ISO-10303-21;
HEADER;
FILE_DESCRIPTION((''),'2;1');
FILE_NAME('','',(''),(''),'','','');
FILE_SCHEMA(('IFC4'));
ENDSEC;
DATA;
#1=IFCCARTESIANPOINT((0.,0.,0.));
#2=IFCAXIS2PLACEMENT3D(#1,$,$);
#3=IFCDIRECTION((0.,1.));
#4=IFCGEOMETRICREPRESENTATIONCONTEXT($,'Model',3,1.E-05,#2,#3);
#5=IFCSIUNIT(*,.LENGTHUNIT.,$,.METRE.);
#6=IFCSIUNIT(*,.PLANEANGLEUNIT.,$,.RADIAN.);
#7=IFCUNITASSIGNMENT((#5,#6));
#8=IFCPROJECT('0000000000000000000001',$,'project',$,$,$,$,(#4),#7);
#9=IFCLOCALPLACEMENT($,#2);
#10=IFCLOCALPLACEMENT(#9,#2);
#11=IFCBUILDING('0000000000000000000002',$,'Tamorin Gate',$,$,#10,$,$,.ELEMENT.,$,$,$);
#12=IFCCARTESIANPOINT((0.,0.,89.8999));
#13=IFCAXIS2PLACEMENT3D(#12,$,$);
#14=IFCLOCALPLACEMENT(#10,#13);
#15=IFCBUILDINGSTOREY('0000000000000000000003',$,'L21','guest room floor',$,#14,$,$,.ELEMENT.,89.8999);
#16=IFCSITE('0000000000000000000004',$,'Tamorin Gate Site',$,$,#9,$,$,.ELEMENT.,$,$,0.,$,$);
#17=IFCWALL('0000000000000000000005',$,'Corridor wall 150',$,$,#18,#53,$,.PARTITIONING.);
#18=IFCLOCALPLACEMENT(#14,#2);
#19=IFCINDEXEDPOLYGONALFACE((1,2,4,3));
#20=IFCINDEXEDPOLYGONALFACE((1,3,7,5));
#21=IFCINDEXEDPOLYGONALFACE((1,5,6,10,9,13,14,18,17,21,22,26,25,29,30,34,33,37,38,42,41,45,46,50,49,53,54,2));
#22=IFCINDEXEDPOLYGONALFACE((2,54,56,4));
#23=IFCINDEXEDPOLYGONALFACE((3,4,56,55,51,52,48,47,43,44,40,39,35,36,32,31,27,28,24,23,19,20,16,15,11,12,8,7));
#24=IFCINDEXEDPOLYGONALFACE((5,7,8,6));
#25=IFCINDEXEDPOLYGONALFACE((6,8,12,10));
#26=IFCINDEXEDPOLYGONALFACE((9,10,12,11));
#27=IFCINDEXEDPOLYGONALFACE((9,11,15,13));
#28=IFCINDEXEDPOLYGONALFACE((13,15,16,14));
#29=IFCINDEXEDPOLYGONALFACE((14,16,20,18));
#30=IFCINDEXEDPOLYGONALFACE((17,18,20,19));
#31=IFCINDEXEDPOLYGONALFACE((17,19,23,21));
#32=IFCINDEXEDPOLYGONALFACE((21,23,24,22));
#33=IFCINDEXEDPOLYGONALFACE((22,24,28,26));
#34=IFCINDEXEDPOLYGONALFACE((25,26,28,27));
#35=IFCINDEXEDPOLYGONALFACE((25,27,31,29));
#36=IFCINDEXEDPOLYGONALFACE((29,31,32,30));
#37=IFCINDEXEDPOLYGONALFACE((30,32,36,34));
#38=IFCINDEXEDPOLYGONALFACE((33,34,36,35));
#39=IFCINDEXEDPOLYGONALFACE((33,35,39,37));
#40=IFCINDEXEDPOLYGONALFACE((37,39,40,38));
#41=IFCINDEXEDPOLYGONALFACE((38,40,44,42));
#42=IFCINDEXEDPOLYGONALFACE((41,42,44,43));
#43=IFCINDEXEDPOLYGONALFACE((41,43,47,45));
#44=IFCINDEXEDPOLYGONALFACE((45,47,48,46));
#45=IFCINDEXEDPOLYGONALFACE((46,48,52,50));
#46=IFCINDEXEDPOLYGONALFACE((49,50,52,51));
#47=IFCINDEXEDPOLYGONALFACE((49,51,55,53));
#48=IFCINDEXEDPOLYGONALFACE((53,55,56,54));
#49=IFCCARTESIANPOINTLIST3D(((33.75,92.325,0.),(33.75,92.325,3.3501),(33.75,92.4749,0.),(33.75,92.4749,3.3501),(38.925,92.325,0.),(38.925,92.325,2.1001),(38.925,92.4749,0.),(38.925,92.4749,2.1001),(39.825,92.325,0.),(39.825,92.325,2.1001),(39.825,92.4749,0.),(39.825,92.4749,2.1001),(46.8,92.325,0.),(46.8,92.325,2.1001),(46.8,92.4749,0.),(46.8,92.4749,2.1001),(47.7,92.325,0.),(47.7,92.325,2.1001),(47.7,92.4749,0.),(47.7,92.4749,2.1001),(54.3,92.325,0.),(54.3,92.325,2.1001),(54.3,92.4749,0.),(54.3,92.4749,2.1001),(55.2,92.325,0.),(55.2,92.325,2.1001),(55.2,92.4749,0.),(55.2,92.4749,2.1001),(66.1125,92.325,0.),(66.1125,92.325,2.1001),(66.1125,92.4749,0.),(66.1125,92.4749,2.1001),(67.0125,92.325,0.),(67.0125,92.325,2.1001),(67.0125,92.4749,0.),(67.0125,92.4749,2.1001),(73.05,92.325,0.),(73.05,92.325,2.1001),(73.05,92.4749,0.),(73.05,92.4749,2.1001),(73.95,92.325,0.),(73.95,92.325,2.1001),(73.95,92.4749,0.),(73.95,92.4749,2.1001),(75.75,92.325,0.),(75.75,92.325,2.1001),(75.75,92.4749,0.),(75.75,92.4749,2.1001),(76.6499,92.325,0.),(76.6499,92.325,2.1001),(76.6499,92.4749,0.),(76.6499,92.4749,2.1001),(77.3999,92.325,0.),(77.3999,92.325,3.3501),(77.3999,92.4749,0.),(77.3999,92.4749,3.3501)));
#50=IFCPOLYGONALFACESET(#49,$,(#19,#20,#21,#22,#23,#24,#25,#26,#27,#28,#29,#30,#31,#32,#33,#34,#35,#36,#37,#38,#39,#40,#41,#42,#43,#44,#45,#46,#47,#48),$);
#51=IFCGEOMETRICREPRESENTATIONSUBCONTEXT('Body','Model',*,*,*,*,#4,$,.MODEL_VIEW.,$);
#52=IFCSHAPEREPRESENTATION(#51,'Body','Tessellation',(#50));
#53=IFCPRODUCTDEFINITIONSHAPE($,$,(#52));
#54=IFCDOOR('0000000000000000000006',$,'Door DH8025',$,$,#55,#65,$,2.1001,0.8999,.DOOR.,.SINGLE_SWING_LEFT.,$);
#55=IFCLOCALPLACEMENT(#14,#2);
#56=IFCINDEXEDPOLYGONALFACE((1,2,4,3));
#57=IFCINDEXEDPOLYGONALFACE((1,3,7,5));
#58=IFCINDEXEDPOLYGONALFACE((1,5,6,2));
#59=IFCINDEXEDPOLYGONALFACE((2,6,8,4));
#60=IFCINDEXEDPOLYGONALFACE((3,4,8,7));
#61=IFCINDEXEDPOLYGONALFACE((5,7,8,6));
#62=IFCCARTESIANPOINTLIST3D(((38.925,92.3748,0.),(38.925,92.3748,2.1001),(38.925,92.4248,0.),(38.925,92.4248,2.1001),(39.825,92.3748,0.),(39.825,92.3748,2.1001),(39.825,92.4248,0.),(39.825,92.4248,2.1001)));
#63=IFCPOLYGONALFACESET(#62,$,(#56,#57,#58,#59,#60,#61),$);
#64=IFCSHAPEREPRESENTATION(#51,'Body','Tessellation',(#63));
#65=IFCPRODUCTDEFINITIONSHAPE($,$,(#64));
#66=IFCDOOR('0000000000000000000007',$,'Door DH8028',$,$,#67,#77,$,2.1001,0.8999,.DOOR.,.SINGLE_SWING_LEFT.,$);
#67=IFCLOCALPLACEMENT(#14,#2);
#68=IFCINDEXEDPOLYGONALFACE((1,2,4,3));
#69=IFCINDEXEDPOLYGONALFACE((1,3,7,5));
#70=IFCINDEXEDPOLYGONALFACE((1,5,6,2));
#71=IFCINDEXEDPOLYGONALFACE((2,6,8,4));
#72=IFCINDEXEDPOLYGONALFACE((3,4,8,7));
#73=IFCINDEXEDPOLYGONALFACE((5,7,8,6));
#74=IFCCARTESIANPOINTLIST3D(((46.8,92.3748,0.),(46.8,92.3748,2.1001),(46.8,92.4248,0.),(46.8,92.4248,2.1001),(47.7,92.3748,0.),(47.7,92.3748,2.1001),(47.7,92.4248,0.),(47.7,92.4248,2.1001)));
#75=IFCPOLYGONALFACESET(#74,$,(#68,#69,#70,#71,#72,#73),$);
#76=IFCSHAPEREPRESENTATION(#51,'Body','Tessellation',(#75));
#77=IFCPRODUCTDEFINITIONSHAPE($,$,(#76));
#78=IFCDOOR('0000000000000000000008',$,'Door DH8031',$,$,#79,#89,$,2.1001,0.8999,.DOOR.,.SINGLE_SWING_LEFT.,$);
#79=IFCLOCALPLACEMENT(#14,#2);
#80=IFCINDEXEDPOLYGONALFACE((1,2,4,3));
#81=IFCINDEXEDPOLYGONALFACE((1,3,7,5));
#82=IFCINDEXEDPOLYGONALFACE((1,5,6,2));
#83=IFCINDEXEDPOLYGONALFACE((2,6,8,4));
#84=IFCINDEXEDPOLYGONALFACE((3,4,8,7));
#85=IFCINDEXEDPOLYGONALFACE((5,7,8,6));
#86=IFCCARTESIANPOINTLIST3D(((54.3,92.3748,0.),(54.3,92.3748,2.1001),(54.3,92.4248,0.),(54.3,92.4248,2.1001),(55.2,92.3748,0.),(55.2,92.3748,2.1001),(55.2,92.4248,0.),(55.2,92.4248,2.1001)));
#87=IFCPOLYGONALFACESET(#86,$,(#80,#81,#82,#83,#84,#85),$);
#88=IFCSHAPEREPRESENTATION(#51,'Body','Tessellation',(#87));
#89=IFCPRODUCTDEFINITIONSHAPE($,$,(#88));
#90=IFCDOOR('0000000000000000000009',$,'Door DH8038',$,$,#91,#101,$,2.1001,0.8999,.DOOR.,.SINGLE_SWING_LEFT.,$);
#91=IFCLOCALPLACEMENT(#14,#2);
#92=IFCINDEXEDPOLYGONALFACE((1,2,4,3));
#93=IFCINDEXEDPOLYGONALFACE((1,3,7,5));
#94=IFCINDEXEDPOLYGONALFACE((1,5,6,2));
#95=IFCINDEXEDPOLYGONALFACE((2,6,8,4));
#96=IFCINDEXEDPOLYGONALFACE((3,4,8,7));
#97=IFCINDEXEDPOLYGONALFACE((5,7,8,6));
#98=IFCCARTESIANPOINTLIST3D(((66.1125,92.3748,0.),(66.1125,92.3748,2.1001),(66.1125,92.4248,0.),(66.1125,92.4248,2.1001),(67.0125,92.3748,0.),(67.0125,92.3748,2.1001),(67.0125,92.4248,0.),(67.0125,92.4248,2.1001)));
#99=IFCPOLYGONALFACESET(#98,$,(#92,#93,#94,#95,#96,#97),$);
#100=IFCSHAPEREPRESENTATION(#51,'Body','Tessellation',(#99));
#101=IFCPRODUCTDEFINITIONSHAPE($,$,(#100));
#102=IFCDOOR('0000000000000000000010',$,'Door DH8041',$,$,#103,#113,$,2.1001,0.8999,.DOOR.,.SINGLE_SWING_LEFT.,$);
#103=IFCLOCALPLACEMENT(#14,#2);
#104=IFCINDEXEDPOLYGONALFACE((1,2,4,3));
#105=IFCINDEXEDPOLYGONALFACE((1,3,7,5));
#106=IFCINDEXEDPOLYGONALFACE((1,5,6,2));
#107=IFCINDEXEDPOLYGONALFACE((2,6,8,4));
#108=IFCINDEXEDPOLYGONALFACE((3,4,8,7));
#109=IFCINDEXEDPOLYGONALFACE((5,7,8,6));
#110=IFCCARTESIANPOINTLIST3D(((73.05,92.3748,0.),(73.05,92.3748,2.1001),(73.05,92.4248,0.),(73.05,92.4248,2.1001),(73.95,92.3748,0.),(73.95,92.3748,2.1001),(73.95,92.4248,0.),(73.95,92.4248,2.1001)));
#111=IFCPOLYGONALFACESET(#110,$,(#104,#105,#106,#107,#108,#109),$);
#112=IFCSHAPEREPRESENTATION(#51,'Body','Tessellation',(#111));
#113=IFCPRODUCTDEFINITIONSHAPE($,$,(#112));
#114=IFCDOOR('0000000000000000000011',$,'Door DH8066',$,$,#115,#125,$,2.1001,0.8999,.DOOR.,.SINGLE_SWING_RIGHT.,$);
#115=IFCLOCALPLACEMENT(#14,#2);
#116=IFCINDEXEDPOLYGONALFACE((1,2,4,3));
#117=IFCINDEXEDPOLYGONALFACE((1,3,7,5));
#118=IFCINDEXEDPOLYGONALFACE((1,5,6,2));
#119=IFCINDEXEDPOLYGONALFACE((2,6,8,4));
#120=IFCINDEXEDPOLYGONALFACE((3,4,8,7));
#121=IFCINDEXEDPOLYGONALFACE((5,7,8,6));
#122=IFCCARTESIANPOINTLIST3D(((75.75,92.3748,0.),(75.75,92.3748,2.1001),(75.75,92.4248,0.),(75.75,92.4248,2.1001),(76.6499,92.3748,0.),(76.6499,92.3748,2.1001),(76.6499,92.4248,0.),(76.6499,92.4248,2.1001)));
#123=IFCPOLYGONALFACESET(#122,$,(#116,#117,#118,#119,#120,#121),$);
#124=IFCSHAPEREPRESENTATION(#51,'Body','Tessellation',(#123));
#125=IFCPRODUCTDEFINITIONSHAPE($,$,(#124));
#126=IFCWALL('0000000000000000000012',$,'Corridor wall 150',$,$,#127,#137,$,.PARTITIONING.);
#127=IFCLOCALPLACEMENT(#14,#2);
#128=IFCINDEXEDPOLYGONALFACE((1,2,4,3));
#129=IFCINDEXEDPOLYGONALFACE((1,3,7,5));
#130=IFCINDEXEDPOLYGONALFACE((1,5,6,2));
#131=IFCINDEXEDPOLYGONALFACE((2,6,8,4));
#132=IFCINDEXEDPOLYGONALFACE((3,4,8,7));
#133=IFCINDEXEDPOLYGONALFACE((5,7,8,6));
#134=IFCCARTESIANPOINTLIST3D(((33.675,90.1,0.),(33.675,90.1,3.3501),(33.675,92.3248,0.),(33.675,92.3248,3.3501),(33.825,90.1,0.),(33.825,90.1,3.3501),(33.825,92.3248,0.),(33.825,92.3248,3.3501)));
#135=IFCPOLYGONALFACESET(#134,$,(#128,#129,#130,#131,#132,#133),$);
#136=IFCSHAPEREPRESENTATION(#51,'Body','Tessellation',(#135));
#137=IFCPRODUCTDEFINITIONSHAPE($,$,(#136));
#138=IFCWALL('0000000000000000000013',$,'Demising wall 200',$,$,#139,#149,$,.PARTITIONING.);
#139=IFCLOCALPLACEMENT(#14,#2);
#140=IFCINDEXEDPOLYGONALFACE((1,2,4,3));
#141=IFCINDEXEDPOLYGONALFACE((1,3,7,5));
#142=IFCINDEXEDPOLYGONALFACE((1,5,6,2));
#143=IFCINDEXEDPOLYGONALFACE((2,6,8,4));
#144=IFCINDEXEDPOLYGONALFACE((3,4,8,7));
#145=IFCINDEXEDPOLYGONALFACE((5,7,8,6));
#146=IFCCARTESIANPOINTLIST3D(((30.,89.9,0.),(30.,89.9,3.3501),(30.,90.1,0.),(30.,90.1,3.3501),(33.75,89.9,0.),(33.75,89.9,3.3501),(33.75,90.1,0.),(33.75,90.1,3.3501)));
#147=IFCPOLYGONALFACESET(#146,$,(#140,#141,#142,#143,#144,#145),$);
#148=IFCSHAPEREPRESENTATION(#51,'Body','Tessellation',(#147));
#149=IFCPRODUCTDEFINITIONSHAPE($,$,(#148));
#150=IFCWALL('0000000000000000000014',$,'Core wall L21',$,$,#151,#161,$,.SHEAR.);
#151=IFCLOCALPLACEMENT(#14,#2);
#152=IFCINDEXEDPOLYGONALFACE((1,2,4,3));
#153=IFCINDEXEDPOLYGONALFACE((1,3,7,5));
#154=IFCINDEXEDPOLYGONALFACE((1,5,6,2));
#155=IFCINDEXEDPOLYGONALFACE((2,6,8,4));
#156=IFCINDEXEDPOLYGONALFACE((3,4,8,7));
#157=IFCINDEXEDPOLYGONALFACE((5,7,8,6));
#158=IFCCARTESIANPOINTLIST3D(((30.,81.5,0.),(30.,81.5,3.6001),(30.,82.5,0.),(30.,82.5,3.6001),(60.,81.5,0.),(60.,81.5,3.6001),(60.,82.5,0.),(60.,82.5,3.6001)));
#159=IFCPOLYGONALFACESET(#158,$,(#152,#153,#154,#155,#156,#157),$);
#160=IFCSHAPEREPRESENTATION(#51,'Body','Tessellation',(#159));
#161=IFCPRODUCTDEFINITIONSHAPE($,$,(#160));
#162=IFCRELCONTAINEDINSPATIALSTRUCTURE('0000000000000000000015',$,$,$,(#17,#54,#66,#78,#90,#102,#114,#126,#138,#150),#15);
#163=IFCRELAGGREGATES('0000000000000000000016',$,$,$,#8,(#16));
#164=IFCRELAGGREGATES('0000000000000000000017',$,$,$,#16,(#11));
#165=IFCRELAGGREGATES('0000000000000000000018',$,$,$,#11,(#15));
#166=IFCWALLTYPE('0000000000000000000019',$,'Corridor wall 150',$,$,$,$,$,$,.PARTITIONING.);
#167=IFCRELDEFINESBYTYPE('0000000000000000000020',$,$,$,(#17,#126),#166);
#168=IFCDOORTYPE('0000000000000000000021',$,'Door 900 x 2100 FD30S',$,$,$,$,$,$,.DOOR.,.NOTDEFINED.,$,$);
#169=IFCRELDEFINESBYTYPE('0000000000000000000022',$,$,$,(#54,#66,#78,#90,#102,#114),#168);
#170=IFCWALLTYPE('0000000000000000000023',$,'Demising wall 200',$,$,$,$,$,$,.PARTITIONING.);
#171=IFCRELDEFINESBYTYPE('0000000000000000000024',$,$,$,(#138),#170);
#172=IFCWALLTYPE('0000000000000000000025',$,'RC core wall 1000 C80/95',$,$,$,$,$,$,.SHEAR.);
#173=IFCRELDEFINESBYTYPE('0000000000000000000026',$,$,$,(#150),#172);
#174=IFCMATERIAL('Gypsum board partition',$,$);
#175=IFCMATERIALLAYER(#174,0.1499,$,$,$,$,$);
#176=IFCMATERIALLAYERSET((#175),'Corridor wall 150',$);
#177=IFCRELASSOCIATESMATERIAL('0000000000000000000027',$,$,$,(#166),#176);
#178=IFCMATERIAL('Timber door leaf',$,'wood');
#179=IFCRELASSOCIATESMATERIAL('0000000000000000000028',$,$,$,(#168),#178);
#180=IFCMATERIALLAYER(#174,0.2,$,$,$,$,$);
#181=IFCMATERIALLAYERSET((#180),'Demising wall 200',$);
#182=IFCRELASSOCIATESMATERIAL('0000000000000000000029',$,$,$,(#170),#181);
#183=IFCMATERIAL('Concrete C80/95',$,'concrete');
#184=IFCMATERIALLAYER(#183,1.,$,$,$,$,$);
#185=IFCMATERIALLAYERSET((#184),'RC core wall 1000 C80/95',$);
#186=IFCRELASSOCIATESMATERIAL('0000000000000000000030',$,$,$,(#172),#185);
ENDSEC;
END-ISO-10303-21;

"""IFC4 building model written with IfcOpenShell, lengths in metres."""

from ifc_helpers import new_model, si_unit, direction, frame, frame_2d, origin, place, context, subcontext, project, spatial, rectangle, extrude, material, layer, layer_set, type_object, element, fill, save


model = new_model("IFC4")

# Units and contexts
model_context = context("Model", 3, precision=1e-05, world=origin(), true_north=direction((0.0, 1.0)))
body_context = subcontext(model_context, "Body", "Model", "MODEL_VIEW")
ifc_project = project(units=[si_unit("LENGTHUNIT", "METRE"), si_unit("PLANEANGLEUNIT", "RADIAN")], contexts=[model_context])

# Site, building, storey
site_placement = place(None, origin())
site = spatial("IfcSite", under=ifc_project, at=site_placement, Name="Tamorin Gate Site", CompositionType="ELEMENT", RefElevation=0.0)
building_placement = place(site_placement, origin())
building = spatial("IfcBuilding", under=site, at=building_placement, Name="Tamorin Gate", CompositionType="ELEMENT")
storey_placement = place(building_placement, frame((0.0, 0.0, 89.8999)))
storey = spatial("IfcBuildingStorey", under=building, at=storey_placement, Name="L21", Description="guest room floor", CompositionType="ELEMENT", Elevation=89.8999)

# Shared definitions
ifc_material_1 = material(Name="Concrete C80/95", Category="concrete")

# Wall, openings, doors
ifc_material_2 = material(Name="Gypsum board partition")
ifc_layer_1 = layer(ifc_material_2, 0.1499)
ifc_layer_set_1 = layer_set([ifc_layer_1], Name="Corridor wall 150")
wall_type_1 = type_object("IfcWallType", Name="Corridor wall 150", PredefinedType="PARTITIONING", material=ifc_layer_set_1)
ifc_material_3 = material(Name="Timber door leaf", Category="wood")
door_type_1 = type_object("IfcDoorType", Name="Door 900 x 2100 FD30S", OperationType="NOTDEFINED", PredefinedType="DOOR", material=ifc_material_3)
wall_1_placement = place(storey_placement, frame((33.75, 92.3999, 0.0), z_axis=(0.0, 0.0, 1.0), x_axis=(1.0, 0.0, 0.0)))
wall_1 = element("IfcWall", 1, at=wall_1_placement, inside=storey, type_object=wall_type_1, Name="Corridor wall 150", PredefinedType="PARTITIONING", context=body_context, shape_type="SweptSolid", body=[
    extrude(rectangle(XDim=43.6499, YDim=0.1499, at=frame_2d((21.825, 0.0))), origin(), (0.0, 0.0, 1.0), 3.3501),
])
opening_1_placement = place(wall_1_placement, frame((5.175, 0.0, 0.0)))
opening_1 = element("IfcOpeningElement", 2, at=opening_1_placement, cuts=wall_1, PredefinedType="OPENING", context=body_context, shape_type="SweptSolid", body=[
    extrude(rectangle(XDim=0.8999, YDim=2.1001, at=frame_2d((0.45, 1.05))), frame((0.0, 0.085, 0.0), z_axis=(0.0, -1.0, 0.0), x_axis=(1.0, 0.0, 0.0)), (0.0, 0.0, 1.0), 0.1699),
])
opening_2_placement = place(wall_1_placement, frame((13.05, 0.0, 0.0)))
opening_2 = element("IfcOpeningElement", 3, at=opening_2_placement, cuts=wall_1, PredefinedType="OPENING", context=body_context, shape_type="SweptSolid", body=[
    extrude(rectangle(XDim=0.8999, YDim=2.1001, at=frame_2d((0.45, 1.05))), frame((0.0, 0.085, 0.0), z_axis=(0.0, -1.0, 0.0), x_axis=(1.0, 0.0, 0.0)), (0.0, 0.0, 1.0), 0.1699),
])
opening_3_placement = place(wall_1_placement, frame((20.55, 0.0, 0.0)))
opening_3 = element("IfcOpeningElement", 4, at=opening_3_placement, cuts=wall_1, PredefinedType="OPENING", context=body_context, shape_type="SweptSolid", body=[
    extrude(rectangle(XDim=0.8999, YDim=2.1001, at=frame_2d((0.45, 1.05))), frame((0.0, 0.085, 0.0), z_axis=(0.0, -1.0, 0.0), x_axis=(1.0, 0.0, 0.0)), (0.0, 0.0, 1.0), 0.1699),
])
opening_4_placement = place(wall_1_placement, frame((32.3625, 0.0, 0.0)))
opening_4 = element("IfcOpeningElement", 5, at=opening_4_placement, cuts=wall_1, PredefinedType="OPENING", context=body_context, shape_type="SweptSolid", body=[
    extrude(rectangle(XDim=0.8999, YDim=2.1001, at=frame_2d((0.45, 1.05))), frame((0.0, 0.085, 0.0), z_axis=(0.0, -1.0, 0.0), x_axis=(1.0, 0.0, 0.0)), (0.0, 0.0, 1.0), 0.1699),
])
opening_5_placement = place(wall_1_placement, frame((39.3, 0.0, 0.0)))
opening_5 = element("IfcOpeningElement", 6, at=opening_5_placement, cuts=wall_1, PredefinedType="OPENING", context=body_context, shape_type="SweptSolid", body=[
    extrude(rectangle(XDim=0.8999, YDim=2.1001, at=frame_2d((0.45, 1.05))), frame((0.0, 0.085, 0.0), z_axis=(0.0, -1.0, 0.0), x_axis=(1.0, 0.0, 0.0)), (0.0, 0.0, 1.0), 0.1699),
])
opening_6_placement = place(wall_1_placement, frame((42.0, 0.0, 0.0)))
opening_6 = element("IfcOpeningElement", 7, at=opening_6_placement, cuts=wall_1, PredefinedType="OPENING", context=body_context, shape_type="SweptSolid", body=[
    extrude(rectangle(XDim=0.8999, YDim=2.1001, at=frame_2d((0.45, 1.05))), frame((0.0, 0.085, 0.0), z_axis=(0.0, -1.0, 0.0), x_axis=(1.0, 0.0, 0.0)), (0.0, 0.0, 1.0), 0.1699),
])
door_1_placement = place(opening_1_placement, origin())
door_1 = element("IfcDoor", 8, at=door_1_placement, inside=storey, type_object=door_type_1, Name="Door DH8025", OperationType="SINGLE_SWING_LEFT", OverallHeight=2.1001, OverallWidth=0.8999, PredefinedType="DOOR", context=body_context, shape_type="SweptSolid", body=[
    extrude(rectangle(XDim=0.8999, YDim=2.1001, at=frame_2d((0.45, 1.05))), frame((0.0, 0.0249, 0.0), z_axis=(0.0, -1.0, 0.0), x_axis=(1.0, 0.0, 0.0)), (0.0, 0.0, 1.0), 0.05),
])
fill(opening_1, door_1)
door_2_placement = place(opening_2_placement, origin())
door_2 = element("IfcDoor", 9, at=door_2_placement, inside=storey, type_object=door_type_1, Name="Door DH8028", OperationType="SINGLE_SWING_LEFT", OverallHeight=2.1001, OverallWidth=0.8999, PredefinedType="DOOR", context=body_context, shape_type="SweptSolid", body=[
    extrude(rectangle(XDim=0.8999, YDim=2.1001, at=frame_2d((0.45, 1.05))), frame((0.0, 0.0249, 0.0), z_axis=(0.0, -1.0, 0.0), x_axis=(1.0, 0.0, 0.0)), (0.0, 0.0, 1.0), 0.05),
])
fill(opening_2, door_2)
door_3_placement = place(opening_3_placement, origin())
door_3 = element("IfcDoor", 10, at=door_3_placement, inside=storey, type_object=door_type_1, Name="Door DH8031", OperationType="SINGLE_SWING_LEFT", OverallHeight=2.1001, OverallWidth=0.8999, PredefinedType="DOOR", context=body_context, shape_type="SweptSolid", body=[
    extrude(rectangle(XDim=0.8999, YDim=2.1001, at=frame_2d((0.45, 1.05))), frame((0.0, 0.0249, 0.0), z_axis=(0.0, -1.0, 0.0), x_axis=(1.0, 0.0, 0.0)), (0.0, 0.0, 1.0), 0.05),
])
fill(opening_3, door_3)
door_4_placement = place(opening_4_placement, origin())
door_4 = element("IfcDoor", 11, at=door_4_placement, inside=storey, type_object=door_type_1, Name="Door DH8038", OperationType="SINGLE_SWING_LEFT", OverallHeight=2.1001, OverallWidth=0.8999, PredefinedType="DOOR", context=body_context, shape_type="SweptSolid", body=[
    extrude(rectangle(XDim=0.8999, YDim=2.1001, at=frame_2d((0.45, 1.05))), frame((0.0, 0.0249, 0.0), z_axis=(0.0, -1.0, 0.0), x_axis=(1.0, 0.0, 0.0)), (0.0, 0.0, 1.0), 0.05),
])
fill(opening_4, door_4)
door_5_placement = place(opening_5_placement, origin())
door_5 = element("IfcDoor", 12, at=door_5_placement, inside=storey, type_object=door_type_1, Name="Door DH8041", OperationType="SINGLE_SWING_LEFT", OverallHeight=2.1001, OverallWidth=0.8999, PredefinedType="DOOR", context=body_context, shape_type="SweptSolid", body=[
    extrude(rectangle(XDim=0.8999, YDim=2.1001, at=frame_2d((0.45, 1.05))), frame((0.0, 0.0249, 0.0), z_axis=(0.0, -1.0, 0.0), x_axis=(1.0, 0.0, 0.0)), (0.0, 0.0, 1.0), 0.05),
])
fill(opening_5, door_5)
door_6_placement = place(opening_6_placement, origin())
door_6 = element("IfcDoor", 13, at=door_6_placement, inside=storey, type_object=door_type_1, Name="Door DH8066", OperationType="SINGLE_SWING_RIGHT", OverallHeight=2.1001, OverallWidth=0.8999, PredefinedType="DOOR", context=body_context, shape_type="SweptSolid", body=[
    extrude(rectangle(XDim=0.8999, YDim=2.1001, at=frame_2d((0.45, 1.05))), frame((0.0, 0.0249, 0.0), z_axis=(0.0, -1.0, 0.0), x_axis=(1.0, 0.0, 0.0)), (0.0, 0.0, 1.0), 0.05),
])
fill(opening_6, door_6)

# Walls
wall_2_placement = place(storey_placement, frame((33.75, 90.1001, 0.0), z_axis=(0.0, 0.0, 1.0), x_axis=(0.0, 1.0, 0.0)))
element("IfcWall", 14, at=wall_2_placement, inside=storey, type_object=wall_type_1, Name="Corridor wall 150", PredefinedType="PARTITIONING", context=body_context, shape_type="SweptSolid", body=[
    extrude(rectangle(XDim=2.2249, YDim=0.1499, at=frame_2d((1.1123, 0.0))), origin(), (0.0, 0.0, 1.0), 3.3501),
])
ifc_layer_2 = layer(ifc_material_2, 0.2)
ifc_layer_set_2 = layer_set([ifc_layer_2], Name="Demising wall 200")
wall_type_2 = type_object("IfcWallType", Name="Demising wall 200", PredefinedType="PARTITIONING", material=ifc_layer_set_2)
wall_3_placement = place(storey_placement, frame((30.0, 90.0, 0.0), z_axis=(0.0, 0.0, 1.0), x_axis=(1.0, 0.0, 0.0)))
element("IfcWall", 15, at=wall_3_placement, inside=storey, type_object=wall_type_2, Name="Demising wall 200", PredefinedType="PARTITIONING", context=body_context, shape_type="SweptSolid", body=[
    extrude(rectangle(XDim=3.75, YDim=0.2, at=frame_2d((1.875, 0.0))), origin(), (0.0, 0.0, 1.0), 3.3501),
])
ifc_layer_3 = layer(ifc_material_1, 1.0)
ifc_layer_set_3 = layer_set([ifc_layer_3], Name="RC core wall 1000 C80/95")
wall_type_3 = type_object("IfcWallType", Name="RC core wall 1000 C80/95", PredefinedType="SHEAR", material=ifc_layer_set_3)
wall_4_placement = place(storey_placement, frame((30.0, 82.0, 0.0), z_axis=(0.0, 0.0, 1.0), x_axis=(1.0, 0.0, 0.0)))
element("IfcWall", 16, at=wall_4_placement, inside=storey, type_object=wall_type_3, Name="Core wall L21", PredefinedType="SHEAR", context=body_context, shape_type="SweptSolid", body=[
    extrude(rectangle(XDim=30.0, YDim=1.0, at=frame_2d((15.0, 0.0))), origin(), (0.0, 0.0, 1.0), 3.6001),
])

save(model, "model.ifc")
